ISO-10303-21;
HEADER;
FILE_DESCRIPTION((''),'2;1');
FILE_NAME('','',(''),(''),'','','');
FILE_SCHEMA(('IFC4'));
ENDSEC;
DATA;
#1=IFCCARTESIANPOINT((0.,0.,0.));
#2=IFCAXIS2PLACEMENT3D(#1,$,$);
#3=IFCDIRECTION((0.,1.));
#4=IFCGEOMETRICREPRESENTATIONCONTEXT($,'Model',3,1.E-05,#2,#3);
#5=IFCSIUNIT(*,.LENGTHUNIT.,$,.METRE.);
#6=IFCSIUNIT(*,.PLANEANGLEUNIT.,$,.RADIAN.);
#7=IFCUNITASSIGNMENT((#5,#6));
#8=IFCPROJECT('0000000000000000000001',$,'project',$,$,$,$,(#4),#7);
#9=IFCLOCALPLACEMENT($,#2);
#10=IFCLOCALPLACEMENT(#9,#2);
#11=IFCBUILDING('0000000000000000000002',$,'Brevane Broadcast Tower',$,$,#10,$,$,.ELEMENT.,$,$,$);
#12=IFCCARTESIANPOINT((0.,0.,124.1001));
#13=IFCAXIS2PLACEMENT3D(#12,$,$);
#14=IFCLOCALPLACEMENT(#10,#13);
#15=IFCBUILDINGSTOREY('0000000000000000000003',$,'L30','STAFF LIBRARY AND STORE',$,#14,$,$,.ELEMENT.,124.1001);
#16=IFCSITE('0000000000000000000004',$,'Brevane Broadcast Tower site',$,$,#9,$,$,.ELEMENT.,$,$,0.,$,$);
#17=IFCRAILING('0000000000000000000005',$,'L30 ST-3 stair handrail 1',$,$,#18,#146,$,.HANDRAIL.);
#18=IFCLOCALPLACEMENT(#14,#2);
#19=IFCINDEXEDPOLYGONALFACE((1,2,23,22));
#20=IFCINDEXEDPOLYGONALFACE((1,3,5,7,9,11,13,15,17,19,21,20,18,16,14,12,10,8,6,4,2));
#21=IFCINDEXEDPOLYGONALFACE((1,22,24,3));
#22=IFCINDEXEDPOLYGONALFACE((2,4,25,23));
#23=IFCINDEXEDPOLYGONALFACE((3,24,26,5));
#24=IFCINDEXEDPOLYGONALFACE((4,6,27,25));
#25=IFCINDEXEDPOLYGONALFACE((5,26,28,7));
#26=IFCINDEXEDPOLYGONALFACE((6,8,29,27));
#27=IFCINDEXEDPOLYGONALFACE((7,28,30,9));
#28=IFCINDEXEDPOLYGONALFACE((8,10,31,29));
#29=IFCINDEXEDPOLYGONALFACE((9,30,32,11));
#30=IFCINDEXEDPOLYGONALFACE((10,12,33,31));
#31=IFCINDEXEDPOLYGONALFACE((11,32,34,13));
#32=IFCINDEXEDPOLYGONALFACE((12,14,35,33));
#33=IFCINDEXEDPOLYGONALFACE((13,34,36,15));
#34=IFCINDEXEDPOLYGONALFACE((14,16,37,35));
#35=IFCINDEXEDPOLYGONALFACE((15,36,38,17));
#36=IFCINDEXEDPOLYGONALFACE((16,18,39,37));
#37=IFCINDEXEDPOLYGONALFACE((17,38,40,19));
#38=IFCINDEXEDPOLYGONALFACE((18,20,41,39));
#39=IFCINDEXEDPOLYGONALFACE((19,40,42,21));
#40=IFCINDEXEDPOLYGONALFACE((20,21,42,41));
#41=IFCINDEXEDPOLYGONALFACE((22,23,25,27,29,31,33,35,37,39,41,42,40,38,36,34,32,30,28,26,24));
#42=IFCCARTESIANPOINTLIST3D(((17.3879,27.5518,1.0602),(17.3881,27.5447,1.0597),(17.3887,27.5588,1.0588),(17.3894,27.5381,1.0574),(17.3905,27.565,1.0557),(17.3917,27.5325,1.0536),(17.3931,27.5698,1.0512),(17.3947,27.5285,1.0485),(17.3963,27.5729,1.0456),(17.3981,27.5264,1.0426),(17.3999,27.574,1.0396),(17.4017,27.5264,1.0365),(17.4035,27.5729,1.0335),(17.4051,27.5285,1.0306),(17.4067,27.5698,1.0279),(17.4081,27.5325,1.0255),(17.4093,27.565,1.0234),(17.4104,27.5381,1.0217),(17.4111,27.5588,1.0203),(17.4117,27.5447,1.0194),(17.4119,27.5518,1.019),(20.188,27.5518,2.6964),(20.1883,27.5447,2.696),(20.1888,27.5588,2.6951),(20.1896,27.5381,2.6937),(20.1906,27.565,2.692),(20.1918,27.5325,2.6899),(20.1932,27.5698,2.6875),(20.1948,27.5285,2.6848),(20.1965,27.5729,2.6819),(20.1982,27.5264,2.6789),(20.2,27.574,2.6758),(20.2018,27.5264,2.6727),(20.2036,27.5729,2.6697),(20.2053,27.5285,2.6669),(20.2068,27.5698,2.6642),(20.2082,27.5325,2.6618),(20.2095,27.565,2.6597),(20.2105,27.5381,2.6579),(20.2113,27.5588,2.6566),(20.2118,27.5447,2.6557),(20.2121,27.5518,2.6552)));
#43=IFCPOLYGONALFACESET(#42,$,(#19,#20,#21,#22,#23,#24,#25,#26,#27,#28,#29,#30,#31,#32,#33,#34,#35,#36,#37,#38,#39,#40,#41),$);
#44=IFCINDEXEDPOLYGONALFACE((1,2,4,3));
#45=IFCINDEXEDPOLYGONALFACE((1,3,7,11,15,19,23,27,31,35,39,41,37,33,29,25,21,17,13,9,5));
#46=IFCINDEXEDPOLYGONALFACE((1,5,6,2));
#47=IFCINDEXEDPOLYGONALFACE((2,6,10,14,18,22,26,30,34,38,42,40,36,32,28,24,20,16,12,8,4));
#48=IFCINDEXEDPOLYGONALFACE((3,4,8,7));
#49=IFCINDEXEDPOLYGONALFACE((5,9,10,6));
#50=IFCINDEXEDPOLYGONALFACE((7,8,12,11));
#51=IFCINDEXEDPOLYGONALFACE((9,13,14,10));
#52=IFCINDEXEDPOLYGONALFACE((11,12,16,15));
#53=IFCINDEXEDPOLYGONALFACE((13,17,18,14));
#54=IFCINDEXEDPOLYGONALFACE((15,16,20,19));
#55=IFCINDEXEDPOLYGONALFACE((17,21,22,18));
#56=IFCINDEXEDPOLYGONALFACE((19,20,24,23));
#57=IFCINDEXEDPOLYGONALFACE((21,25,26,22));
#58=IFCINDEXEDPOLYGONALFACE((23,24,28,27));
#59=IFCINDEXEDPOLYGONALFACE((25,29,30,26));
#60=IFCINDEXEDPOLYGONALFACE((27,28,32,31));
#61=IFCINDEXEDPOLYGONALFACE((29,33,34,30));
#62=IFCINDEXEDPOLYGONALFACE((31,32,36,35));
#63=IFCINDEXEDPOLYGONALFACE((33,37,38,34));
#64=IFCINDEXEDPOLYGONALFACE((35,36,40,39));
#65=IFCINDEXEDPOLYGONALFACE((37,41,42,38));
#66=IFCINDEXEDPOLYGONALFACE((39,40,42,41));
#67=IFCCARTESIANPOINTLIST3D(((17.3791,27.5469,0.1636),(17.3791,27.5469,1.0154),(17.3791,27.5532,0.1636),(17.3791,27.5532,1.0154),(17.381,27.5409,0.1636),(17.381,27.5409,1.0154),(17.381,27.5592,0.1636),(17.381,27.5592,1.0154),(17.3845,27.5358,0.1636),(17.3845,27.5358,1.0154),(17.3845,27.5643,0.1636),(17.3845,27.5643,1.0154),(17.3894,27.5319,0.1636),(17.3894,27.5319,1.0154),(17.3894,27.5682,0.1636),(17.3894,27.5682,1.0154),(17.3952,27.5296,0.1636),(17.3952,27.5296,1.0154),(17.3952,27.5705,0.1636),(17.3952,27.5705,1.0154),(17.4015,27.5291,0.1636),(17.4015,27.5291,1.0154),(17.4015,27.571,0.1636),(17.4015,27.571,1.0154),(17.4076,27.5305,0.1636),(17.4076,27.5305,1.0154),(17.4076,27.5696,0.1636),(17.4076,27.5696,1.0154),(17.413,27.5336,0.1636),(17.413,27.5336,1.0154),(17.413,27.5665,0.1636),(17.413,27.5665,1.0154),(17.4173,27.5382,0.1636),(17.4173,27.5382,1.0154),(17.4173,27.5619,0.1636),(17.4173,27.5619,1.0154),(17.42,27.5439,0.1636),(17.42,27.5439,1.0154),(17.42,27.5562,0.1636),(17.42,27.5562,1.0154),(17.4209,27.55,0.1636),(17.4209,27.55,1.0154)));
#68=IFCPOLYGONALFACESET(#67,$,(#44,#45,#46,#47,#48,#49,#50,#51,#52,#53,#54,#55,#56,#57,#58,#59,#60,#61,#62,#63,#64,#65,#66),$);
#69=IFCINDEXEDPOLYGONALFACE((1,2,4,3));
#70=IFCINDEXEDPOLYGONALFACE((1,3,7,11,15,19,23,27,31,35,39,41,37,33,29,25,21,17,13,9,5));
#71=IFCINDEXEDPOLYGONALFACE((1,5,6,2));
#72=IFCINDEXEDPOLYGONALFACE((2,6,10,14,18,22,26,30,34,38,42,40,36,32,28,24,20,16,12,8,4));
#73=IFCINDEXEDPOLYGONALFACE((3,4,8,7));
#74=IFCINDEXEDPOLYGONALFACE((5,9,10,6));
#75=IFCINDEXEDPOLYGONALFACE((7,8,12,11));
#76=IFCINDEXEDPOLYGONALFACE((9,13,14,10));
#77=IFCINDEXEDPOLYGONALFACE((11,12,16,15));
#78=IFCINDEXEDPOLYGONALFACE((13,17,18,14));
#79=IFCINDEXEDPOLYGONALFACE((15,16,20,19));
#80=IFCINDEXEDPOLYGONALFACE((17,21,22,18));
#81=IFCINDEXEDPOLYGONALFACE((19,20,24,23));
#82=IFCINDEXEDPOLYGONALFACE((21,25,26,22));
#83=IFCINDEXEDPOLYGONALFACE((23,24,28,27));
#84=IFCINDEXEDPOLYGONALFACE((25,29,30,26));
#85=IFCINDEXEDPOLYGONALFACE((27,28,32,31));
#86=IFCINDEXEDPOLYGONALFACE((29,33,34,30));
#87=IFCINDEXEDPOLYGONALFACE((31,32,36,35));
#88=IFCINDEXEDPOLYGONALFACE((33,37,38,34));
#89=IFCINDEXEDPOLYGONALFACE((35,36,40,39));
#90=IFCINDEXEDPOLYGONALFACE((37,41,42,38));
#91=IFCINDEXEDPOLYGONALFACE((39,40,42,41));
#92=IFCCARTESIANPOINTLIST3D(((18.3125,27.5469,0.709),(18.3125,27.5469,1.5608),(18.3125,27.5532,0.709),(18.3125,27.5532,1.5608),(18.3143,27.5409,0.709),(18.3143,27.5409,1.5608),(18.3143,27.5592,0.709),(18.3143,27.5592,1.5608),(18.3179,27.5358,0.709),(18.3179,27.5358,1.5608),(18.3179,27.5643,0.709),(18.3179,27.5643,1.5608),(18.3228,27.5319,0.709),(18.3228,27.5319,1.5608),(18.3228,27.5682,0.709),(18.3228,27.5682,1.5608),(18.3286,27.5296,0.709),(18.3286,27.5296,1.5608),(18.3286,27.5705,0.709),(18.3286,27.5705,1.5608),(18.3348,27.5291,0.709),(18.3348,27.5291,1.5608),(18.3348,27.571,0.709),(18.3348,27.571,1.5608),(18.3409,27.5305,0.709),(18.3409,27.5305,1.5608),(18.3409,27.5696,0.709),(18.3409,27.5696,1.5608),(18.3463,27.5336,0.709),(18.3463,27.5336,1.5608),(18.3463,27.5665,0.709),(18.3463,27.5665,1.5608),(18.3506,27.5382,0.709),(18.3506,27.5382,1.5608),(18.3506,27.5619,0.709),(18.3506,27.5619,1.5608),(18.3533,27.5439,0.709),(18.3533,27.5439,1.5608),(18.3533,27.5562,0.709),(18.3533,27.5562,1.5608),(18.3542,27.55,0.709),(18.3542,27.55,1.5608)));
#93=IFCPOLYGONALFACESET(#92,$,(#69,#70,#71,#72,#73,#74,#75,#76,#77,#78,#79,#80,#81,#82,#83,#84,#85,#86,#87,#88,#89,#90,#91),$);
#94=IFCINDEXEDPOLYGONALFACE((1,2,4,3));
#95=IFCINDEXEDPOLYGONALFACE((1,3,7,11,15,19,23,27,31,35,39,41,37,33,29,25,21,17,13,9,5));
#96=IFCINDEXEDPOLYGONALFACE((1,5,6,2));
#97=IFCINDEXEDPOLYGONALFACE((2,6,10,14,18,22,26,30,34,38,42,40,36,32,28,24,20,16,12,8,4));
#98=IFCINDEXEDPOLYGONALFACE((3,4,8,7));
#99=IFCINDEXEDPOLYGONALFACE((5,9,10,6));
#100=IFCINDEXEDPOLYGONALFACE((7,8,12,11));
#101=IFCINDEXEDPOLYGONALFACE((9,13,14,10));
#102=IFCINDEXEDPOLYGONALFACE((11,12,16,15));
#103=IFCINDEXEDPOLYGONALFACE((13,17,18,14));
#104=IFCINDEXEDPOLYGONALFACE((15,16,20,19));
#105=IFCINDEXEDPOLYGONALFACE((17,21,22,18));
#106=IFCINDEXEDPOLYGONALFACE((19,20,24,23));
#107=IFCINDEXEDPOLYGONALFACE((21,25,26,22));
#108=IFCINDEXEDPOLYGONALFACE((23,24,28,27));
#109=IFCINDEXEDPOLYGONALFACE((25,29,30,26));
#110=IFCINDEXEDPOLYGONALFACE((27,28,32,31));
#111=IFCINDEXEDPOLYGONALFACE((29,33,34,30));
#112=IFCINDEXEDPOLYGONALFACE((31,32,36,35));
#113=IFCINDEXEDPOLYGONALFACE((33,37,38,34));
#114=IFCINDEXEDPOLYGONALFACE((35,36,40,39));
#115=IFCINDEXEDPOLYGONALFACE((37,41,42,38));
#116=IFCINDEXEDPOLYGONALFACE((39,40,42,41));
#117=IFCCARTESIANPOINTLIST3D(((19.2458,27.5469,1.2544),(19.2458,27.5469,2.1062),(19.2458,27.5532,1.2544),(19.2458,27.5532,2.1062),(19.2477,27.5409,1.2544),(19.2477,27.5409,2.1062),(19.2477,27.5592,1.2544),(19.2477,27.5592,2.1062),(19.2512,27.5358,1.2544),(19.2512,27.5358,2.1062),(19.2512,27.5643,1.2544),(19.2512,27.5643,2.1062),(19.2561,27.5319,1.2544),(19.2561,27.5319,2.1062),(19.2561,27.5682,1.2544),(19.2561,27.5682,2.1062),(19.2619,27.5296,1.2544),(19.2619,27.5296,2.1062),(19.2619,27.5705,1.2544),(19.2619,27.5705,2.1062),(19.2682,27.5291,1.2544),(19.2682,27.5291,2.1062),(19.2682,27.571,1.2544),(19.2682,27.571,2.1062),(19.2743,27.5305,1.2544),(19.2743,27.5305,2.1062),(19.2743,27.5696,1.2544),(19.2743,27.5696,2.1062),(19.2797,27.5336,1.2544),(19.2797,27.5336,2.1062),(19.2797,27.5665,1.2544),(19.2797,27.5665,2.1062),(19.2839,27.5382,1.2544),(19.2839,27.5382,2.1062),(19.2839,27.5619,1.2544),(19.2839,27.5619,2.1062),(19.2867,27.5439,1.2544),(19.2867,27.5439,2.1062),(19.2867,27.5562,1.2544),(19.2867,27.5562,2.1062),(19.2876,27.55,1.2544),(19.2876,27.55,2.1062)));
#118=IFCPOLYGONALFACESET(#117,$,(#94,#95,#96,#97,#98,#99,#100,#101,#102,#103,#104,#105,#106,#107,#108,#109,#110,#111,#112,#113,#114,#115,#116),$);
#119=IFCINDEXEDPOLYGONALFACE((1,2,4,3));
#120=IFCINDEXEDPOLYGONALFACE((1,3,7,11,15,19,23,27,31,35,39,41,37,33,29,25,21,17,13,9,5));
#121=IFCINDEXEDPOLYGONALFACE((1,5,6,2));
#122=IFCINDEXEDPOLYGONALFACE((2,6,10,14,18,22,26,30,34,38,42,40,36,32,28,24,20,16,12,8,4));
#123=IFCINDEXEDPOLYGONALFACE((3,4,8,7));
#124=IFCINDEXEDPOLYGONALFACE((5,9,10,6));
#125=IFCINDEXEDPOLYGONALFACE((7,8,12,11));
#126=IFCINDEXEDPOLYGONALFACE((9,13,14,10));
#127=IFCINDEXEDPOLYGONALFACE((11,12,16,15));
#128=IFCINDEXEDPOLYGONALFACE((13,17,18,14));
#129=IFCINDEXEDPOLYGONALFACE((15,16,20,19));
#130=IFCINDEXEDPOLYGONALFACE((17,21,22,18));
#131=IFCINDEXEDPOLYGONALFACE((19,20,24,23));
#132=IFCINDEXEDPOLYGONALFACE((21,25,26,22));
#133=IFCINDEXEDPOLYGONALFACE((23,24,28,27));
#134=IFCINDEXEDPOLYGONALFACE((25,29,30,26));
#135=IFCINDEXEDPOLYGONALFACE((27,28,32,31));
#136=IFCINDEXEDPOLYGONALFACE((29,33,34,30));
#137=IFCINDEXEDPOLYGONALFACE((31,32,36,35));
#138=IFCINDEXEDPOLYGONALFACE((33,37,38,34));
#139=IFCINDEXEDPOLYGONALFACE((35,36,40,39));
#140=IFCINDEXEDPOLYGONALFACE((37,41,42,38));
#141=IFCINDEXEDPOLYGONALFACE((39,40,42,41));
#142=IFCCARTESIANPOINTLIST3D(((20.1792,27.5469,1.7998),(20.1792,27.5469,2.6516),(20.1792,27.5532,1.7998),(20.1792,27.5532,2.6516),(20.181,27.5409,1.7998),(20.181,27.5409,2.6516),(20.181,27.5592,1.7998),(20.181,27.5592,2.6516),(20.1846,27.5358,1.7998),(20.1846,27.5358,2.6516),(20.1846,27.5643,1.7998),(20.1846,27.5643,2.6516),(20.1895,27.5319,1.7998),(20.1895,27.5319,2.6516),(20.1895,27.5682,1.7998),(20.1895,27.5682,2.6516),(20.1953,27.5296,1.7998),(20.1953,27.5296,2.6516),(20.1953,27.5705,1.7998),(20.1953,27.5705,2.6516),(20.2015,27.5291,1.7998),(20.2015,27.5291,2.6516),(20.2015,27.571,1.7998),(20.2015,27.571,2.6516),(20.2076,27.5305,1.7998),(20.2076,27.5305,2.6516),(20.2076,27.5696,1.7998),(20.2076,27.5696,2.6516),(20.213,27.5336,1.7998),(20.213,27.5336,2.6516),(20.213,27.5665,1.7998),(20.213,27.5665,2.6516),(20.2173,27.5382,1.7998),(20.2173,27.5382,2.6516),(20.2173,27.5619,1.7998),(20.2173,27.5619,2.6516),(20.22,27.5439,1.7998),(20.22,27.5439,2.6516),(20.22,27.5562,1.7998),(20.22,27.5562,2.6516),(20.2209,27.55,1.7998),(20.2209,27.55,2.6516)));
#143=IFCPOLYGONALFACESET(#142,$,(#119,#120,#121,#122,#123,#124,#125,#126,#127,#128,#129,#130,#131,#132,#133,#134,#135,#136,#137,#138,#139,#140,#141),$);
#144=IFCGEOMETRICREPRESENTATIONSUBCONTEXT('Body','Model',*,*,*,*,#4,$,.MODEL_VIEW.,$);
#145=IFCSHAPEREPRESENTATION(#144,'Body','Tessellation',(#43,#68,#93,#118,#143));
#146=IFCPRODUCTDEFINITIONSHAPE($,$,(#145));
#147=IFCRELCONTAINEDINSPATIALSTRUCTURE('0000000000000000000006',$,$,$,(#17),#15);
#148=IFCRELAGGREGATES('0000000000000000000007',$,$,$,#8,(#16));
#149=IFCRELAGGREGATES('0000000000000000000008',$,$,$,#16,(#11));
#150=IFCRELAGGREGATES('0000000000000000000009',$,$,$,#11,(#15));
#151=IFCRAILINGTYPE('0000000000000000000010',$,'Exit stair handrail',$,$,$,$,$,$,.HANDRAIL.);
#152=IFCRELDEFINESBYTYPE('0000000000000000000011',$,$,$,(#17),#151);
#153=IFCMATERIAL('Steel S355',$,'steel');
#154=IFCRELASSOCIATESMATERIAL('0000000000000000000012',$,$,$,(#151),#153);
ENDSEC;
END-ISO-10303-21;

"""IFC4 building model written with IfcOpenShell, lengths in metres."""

from ifc_helpers import new_model, si_unit, direction, frame, origin, origin_2d, place, context, subcontext, project, spatial, circle, extrude, material, type_object, element, save


model = new_model("IFC4")

# Units and contexts
model_context = context("Model", 3, precision=1e-05, world=origin(), true_north=direction((0.0, 1.0)))
body_context = subcontext(model_context, "Body", "Model", "MODEL_VIEW")
ifc_project = project(units=[si_unit("LENGTHUNIT", "METRE"), si_unit("PLANEANGLEUNIT", "RADIAN")], contexts=[model_context])

# Site, building, storey
site_placement = place(None, origin())
site = spatial("IfcSite", under=ifc_project, at=site_placement, Name="Brevane Broadcast Tower site", CompositionType="ELEMENT", RefElevation=0.0)
building_placement = place(site_placement, origin())
building = spatial("IfcBuilding", under=site, at=building_placement, Name="Brevane Broadcast Tower", CompositionType="ELEMENT")
storey_placement = place(building_placement, frame((0.0, 0.0, 124.1001)))
storey = spatial("IfcBuildingStorey", under=building, at=storey_placement, Name="L30", Description="STAFF LIBRARY AND STORE", CompositionType="ELEMENT", Elevation=124.1001)

# Railing
ifc_material_1 = material(Name="Steel S355", Category="steel")
railing_type_1 = type_object("IfcRailingType", Name="Exit stair handrail", PredefinedType="HANDRAIL", material=ifc_material_1)
railing_1_placement = place(storey_placement, frame((17.3999, 27.55, 0.1636)))
element("IfcRailing", 1, at=railing_1_placement, inside=storey, type_object=railing_type_1, Name="L30 ST-3 stair handrail 1", PredefinedType="HANDRAIL", context=body_context, shape_type="SweptSolid", body=[
    extrude(circle(Radius=0.0239, at=origin_2d()), frame((0.0, 0.0, 0.876), z_axis=(0.863394, 0.0, 0.504531), x_axis=(0.0, 1.0, 0.0)), (0.0, 0.0, 1.0), 3.2432),
    extrude(circle(Radius=0.021, at=origin_2d()), origin(), (0.0, 0.0, 1.0), 0.8518),
    extrude(circle(Radius=0.021, at=origin_2d()), frame((0.9333, 0.0, 0.5454)), (0.0, 0.0, 1.0), 0.8518),
    extrude(circle(Radius=0.021, at=origin_2d()), frame((1.8667, 0.0, 1.0908)), (0.0, 0.0, 1.0), 0.8518),
    extrude(circle(Radius=0.021, at=origin_2d()), frame((2.8, 0.0, 1.6362)), (0.0, 0.0, 1.0), 0.8518),
])

save(model, "model.ifc")
